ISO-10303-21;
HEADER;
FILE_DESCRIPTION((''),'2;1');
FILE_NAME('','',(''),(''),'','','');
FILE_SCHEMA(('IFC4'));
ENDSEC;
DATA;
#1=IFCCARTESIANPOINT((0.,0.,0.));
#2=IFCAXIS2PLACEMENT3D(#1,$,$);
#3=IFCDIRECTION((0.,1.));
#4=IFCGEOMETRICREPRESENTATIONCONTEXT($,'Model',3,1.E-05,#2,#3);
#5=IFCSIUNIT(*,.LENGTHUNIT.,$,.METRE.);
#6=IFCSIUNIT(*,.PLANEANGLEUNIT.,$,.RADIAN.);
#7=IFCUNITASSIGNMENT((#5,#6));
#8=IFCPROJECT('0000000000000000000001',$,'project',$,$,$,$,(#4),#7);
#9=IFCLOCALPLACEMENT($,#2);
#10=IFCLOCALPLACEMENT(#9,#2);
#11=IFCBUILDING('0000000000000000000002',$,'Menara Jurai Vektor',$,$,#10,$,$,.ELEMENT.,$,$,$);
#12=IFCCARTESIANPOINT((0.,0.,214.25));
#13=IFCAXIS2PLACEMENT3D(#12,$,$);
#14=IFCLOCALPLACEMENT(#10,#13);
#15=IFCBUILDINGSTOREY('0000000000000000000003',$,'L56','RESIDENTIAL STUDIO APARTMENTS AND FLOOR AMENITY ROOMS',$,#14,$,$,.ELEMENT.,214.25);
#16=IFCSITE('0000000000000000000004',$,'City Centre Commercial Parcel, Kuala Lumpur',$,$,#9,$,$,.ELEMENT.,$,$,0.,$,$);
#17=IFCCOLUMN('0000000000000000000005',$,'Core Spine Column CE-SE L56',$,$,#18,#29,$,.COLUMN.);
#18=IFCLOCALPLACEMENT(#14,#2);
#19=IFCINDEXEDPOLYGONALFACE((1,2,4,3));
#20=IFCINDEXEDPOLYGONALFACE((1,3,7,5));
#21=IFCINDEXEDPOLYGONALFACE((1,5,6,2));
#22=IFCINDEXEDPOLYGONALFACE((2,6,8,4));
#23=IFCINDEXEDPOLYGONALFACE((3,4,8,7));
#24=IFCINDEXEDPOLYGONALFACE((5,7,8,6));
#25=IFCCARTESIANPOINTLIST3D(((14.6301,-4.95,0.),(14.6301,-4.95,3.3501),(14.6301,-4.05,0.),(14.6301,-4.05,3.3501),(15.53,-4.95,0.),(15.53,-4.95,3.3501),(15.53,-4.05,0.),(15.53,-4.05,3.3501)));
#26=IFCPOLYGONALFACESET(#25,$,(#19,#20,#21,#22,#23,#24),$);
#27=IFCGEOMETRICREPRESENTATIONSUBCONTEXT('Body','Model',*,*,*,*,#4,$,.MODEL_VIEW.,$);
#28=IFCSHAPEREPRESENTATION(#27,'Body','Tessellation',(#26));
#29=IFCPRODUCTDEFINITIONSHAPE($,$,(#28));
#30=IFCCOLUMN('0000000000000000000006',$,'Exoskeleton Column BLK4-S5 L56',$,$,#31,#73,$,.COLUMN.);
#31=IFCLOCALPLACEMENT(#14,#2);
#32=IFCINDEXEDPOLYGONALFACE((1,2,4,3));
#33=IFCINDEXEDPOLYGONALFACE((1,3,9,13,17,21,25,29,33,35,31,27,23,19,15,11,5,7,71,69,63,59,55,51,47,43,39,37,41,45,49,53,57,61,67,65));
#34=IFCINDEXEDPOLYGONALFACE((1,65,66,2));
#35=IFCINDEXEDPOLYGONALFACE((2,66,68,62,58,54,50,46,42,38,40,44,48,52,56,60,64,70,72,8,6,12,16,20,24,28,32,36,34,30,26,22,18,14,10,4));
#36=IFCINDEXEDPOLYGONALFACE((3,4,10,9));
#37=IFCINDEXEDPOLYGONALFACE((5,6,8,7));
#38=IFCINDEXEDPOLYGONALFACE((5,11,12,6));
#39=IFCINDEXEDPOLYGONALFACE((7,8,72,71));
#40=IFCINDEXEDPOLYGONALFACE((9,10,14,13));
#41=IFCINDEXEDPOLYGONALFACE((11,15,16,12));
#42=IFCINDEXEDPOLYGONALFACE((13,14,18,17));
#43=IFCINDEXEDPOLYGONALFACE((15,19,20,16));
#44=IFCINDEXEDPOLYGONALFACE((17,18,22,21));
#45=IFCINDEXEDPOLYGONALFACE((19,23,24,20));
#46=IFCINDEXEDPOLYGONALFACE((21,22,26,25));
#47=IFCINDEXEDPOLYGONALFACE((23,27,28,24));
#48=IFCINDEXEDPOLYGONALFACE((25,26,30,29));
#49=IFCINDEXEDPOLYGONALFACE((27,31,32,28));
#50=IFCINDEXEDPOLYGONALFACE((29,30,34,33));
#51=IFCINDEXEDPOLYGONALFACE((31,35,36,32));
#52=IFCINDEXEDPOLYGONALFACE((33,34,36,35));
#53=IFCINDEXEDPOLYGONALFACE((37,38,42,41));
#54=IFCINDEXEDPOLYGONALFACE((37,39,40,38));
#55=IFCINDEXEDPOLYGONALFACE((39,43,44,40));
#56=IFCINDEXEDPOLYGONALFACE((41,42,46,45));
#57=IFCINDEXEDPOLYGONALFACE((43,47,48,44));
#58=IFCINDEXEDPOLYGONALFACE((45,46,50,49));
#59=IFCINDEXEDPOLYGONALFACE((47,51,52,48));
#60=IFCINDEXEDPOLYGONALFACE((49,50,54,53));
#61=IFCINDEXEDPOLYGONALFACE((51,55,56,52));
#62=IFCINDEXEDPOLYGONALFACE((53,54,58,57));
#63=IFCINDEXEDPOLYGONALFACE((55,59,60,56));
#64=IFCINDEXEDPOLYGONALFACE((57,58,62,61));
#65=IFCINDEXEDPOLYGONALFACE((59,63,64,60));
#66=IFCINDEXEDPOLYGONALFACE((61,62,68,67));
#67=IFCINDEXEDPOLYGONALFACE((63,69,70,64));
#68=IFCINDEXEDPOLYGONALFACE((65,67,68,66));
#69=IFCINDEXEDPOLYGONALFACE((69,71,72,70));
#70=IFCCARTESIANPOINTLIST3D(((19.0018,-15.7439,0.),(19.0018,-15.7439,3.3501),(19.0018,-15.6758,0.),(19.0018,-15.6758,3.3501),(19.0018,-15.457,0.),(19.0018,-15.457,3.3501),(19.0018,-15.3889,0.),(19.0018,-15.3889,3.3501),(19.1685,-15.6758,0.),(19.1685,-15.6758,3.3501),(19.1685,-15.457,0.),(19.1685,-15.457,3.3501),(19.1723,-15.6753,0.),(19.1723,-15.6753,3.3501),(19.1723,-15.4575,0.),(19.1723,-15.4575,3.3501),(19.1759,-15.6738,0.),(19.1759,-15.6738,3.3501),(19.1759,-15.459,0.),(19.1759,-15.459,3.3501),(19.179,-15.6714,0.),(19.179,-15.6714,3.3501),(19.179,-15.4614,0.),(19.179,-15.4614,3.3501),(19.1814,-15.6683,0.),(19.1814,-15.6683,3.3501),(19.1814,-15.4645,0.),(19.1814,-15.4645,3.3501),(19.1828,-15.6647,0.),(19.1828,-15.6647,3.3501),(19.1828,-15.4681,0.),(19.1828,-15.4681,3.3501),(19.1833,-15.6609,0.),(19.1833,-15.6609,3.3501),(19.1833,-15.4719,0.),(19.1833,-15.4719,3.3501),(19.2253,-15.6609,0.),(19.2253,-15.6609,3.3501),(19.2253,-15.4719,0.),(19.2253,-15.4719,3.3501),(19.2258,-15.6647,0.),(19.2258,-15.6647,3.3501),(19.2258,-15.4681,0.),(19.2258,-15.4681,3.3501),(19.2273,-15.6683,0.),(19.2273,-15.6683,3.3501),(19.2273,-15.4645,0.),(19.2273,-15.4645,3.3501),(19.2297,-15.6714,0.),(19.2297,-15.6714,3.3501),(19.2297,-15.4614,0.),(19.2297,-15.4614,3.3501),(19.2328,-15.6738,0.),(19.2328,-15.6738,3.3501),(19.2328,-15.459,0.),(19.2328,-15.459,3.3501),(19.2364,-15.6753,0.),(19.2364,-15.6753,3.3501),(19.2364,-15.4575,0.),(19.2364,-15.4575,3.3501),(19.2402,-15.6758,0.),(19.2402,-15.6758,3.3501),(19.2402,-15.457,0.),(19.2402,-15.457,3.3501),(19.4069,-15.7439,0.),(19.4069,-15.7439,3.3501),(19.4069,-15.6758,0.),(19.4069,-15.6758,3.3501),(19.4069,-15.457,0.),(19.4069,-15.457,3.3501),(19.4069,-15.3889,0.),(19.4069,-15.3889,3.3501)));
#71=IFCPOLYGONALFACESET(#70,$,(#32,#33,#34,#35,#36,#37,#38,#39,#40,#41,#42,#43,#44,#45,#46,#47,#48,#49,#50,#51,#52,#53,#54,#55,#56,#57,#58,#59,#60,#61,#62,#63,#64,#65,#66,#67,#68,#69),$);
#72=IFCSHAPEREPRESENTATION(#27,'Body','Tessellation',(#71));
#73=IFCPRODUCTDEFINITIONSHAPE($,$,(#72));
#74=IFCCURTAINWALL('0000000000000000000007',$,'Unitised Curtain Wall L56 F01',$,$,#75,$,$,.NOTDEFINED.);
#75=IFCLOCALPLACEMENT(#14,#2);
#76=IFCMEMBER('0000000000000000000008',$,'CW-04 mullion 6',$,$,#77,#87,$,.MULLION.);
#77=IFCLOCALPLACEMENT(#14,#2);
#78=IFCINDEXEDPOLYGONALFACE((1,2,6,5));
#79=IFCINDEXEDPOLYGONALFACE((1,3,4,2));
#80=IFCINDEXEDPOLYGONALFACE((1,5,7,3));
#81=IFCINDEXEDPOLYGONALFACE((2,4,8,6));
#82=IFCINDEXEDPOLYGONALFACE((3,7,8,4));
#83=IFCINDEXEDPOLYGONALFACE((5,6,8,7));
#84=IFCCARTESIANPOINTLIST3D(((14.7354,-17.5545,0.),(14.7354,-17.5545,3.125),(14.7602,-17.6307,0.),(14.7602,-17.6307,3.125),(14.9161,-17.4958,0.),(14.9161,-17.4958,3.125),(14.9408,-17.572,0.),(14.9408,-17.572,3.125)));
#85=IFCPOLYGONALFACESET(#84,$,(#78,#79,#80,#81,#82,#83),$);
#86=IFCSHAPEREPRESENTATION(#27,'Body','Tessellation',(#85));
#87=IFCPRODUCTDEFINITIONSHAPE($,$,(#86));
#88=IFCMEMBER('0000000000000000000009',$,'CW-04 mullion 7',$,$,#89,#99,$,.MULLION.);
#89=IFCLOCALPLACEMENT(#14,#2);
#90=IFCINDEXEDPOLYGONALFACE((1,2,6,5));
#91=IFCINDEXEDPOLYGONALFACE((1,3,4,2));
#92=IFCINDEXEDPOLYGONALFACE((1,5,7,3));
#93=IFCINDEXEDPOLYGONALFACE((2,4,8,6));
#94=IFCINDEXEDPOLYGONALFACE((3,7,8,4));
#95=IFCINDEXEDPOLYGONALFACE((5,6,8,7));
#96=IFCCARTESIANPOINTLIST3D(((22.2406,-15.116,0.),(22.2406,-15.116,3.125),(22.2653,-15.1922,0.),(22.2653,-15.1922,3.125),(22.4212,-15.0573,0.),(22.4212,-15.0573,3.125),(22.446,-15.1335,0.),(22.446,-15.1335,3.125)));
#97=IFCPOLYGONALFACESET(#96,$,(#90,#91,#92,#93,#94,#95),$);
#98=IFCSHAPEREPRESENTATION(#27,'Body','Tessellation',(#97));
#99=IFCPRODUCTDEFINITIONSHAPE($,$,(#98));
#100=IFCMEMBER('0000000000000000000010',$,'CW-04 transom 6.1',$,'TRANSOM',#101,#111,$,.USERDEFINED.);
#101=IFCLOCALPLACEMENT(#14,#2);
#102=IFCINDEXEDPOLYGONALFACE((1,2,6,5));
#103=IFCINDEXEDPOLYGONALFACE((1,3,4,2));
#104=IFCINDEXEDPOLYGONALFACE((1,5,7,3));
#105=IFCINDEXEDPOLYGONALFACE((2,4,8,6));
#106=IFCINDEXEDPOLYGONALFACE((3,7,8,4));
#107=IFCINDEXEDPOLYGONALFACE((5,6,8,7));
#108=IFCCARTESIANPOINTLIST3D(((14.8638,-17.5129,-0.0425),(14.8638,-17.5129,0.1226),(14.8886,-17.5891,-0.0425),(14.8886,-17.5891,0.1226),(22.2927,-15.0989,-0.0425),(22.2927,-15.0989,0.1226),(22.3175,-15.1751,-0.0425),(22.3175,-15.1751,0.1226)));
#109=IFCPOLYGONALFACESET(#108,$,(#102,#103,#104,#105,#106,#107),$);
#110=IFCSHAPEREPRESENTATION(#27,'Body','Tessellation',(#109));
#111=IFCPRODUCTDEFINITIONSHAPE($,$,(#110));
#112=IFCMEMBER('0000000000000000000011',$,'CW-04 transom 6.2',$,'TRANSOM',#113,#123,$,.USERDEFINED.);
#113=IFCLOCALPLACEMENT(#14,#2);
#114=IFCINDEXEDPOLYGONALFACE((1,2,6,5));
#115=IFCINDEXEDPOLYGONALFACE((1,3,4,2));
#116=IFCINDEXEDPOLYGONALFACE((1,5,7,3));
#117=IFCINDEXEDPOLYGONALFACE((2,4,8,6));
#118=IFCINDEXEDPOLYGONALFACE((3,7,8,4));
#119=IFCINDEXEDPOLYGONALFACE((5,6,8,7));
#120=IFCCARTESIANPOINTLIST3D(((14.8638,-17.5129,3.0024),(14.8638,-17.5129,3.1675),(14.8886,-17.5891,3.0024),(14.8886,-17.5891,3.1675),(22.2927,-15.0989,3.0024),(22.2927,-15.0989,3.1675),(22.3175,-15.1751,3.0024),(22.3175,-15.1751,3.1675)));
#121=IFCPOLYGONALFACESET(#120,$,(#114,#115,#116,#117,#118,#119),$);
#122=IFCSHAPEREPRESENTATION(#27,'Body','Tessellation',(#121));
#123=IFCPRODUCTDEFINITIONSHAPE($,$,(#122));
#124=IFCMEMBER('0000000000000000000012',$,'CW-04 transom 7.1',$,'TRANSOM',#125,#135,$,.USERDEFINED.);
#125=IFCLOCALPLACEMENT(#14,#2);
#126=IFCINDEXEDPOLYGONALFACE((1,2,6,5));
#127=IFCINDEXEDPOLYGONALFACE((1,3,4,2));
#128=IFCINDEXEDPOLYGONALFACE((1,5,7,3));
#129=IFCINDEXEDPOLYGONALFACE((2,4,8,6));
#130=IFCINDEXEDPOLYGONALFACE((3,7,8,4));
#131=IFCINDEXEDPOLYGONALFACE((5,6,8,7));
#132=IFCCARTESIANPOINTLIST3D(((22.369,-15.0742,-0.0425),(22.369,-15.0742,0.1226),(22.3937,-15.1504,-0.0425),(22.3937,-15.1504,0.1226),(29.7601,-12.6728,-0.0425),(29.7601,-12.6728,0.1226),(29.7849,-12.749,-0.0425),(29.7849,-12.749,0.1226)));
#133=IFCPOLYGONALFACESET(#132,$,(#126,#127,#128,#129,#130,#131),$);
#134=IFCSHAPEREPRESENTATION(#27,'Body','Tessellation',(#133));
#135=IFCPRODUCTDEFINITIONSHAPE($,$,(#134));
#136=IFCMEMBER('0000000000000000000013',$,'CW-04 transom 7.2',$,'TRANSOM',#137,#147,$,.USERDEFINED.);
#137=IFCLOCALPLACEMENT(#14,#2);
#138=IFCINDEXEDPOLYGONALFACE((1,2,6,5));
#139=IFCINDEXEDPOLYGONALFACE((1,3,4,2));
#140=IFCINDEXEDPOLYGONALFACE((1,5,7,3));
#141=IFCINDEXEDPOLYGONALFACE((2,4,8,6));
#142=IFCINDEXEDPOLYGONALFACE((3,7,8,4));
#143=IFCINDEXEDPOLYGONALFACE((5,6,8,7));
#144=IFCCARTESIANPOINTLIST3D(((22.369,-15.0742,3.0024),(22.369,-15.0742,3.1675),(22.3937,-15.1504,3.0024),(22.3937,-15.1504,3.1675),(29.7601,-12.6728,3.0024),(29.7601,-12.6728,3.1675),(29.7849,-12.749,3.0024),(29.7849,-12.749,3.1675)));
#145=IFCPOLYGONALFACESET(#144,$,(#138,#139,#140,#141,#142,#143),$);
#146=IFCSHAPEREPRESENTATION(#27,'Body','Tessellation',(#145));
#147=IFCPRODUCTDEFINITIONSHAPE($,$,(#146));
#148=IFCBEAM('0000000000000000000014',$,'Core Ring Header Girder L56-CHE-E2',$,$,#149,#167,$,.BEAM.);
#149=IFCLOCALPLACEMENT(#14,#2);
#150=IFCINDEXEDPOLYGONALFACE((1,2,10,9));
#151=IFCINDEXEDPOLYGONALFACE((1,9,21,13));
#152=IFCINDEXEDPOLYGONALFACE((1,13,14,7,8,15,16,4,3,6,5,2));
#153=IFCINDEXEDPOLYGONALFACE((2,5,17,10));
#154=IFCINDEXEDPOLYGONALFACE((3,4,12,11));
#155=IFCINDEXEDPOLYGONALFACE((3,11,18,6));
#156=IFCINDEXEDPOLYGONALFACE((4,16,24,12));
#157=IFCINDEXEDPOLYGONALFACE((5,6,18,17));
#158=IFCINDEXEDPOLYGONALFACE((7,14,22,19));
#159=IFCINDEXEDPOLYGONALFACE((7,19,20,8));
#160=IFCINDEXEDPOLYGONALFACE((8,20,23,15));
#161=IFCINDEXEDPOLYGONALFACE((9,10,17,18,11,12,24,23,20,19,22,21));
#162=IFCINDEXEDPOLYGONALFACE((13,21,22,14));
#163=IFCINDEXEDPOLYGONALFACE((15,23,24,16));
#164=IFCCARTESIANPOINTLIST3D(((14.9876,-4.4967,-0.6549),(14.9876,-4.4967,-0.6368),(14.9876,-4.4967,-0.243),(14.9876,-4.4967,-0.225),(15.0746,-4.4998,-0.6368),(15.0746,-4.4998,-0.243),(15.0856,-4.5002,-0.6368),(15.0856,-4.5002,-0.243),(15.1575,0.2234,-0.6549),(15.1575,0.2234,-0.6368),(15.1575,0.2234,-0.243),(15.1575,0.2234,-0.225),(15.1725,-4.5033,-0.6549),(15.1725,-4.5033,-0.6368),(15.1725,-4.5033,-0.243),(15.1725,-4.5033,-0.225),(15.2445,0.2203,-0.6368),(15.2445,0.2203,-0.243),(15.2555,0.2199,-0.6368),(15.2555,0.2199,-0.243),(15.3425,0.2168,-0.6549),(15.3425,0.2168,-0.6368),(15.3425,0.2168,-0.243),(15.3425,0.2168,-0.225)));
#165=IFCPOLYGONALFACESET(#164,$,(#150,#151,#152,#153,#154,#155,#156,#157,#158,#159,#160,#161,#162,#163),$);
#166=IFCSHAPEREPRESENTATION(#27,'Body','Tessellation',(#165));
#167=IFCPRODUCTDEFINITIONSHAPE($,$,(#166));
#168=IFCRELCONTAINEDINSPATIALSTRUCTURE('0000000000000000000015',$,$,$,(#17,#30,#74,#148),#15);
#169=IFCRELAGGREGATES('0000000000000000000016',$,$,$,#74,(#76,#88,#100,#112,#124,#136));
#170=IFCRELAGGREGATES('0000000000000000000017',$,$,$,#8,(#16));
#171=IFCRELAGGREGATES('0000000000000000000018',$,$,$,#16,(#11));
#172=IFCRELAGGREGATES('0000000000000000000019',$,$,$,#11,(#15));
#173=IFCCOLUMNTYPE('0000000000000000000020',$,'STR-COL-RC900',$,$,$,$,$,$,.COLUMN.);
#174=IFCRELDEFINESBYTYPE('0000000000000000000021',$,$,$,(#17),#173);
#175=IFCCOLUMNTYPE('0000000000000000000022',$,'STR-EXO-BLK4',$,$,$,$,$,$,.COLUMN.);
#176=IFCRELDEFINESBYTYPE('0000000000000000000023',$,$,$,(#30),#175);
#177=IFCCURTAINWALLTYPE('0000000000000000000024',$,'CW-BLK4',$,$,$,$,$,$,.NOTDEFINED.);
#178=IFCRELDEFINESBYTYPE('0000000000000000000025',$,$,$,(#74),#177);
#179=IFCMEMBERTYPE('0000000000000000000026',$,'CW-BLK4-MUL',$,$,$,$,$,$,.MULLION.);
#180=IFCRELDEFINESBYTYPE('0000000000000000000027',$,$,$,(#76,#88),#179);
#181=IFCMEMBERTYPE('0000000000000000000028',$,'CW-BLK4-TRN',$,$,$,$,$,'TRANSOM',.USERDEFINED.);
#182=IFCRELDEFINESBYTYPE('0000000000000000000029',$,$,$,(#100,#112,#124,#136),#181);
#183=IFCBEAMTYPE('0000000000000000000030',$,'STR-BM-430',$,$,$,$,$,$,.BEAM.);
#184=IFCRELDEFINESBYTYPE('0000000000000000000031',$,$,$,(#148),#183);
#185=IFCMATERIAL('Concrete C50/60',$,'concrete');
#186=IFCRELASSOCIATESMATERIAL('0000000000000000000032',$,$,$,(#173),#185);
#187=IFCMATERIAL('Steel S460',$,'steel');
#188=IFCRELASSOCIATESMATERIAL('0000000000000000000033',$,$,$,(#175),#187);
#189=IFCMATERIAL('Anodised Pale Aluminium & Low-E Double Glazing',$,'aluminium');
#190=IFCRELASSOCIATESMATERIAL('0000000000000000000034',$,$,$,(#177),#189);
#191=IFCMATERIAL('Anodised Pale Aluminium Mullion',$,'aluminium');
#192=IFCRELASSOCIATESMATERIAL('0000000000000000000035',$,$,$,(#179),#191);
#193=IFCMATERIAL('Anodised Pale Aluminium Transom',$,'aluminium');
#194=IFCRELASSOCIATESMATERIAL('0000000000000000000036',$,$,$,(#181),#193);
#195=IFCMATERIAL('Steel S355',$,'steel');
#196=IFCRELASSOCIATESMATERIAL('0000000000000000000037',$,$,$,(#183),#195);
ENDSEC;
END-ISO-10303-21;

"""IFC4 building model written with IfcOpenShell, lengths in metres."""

from ifc_helpers import new_model, si_unit, direction, frame, origin, origin_2d, place, context, subcontext, project, spatial, rectangle, i_section, extrude, material, material_profile, profile_set, type_object, element, aggregate, save


model = new_model("IFC4")

# Units and contexts
model_context = context("Model", 3, precision=1e-05, world=origin(), true_north=direction((0.0, 1.0)))
body_context = subcontext(model_context, "Body", "Model", "MODEL_VIEW")
ifc_project = project(units=[si_unit("LENGTHUNIT", "METRE"), si_unit("PLANEANGLEUNIT", "RADIAN")], contexts=[model_context])

# Site, building, storey
site_placement = place(None, origin())
site = spatial("IfcSite", under=ifc_project, at=site_placement, Name="City Centre Commercial Parcel, Kuala Lumpur", CompositionType="ELEMENT", RefElevation=0.0)
building_placement = place(site_placement, origin())
building = spatial("IfcBuilding", under=site, at=building_placement, Name="Menara Jurai Vektor", CompositionType="ELEMENT")
storey_placement = place(building_placement, frame((0.0, 0.0, 214.25)))
storey = spatial("IfcBuildingStorey", under=building, at=storey_placement, Name="L56", Description="RESIDENTIAL STUDIO APARTMENTS AND FLOOR AMENITY ROOMS", CompositionType="ELEMENT", Elevation=214.25)

# Columns
ifc_material_1 = material(Name="Concrete C50/60", Category="concrete")
ifc_material_profile_1 = material_profile(ifc_material_1, rectangle(XDim=0.8999, YDim=0.8999, at=origin_2d()), Name="RC 900x900")
ifc_profile_set_1 = profile_set([ifc_material_profile_1], Name="Concrete C50/60")
column_type_1 = type_object("IfcColumnType", Name="STR-COL-RC900", PredefinedType="COLUMN", material=ifc_profile_set_1)
column_1_placement = place(storey_placement, frame((15.0801, -4.5, 0.0), z_axis=(0.0, 0.0, 1.0), x_axis=(1.0, 0.0, 0.0)))
element("IfcColumn", 1, at=column_1_placement, inside=storey, type_object=column_type_1, Name="Core Spine Column CE-SE L56", PredefinedType="COLUMN", context=body_context, shape_type="SweptSolid", body=[
    extrude(rectangle(XDim=0.8999, YDim=0.8999, at=origin_2d()), origin(), (0.0, 0.0, 1.0), 3.3501),
])
ifc_material_2 = material(Name="Steel S460", Category="steel")
ifc_material_profile_2 = material_profile(ifc_material_2, i_section(OverallWidth=0.405, OverallDepth=0.355, WebThickness=0.042, FlangeThickness=0.0681, FilletRadius=0.0149, at=origin_2d()), Name="HD 400x551")
ifc_profile_set_2 = profile_set([ifc_material_profile_2], Name="Steel S460")
column_type_2 = type_object("IfcColumnType", Name="STR-EXO-BLK4", PredefinedType="COLUMN", material=ifc_profile_set_2)
column_2_placement = place(storey_placement, frame((19.2043, -15.5664, 0.0), z_axis=(0.0, 0.0, 1.0), x_axis=(1.0, 0.0, 0.0)))
element("IfcColumn", 2, at=column_2_placement, inside=storey, type_object=column_type_2, Name="Exoskeleton Column BLK4-S5 L56", PredefinedType="COLUMN", context=body_context, shape_type="SweptSolid", body=[
    extrude(i_section(OverallWidth=0.405, OverallDepth=0.355, WebThickness=0.042, FlangeThickness=0.0681, FilletRadius=0.0149, at=origin_2d()), origin(), (0.0, 0.0, 1.0), 3.3501),
])

# Curtain wall, members
ifc_material_3 = material(Name="Anodised Pale Aluminium & Low-E Double Glazing", Category="aluminium")
curtain_wall_type = type_object("IfcCurtainWallType", Name="CW-BLK4", PredefinedType="NOTDEFINED", material=ifc_material_3)
curtain_wall_placement = place(storey_placement, origin())
curtain_wall = element("IfcCurtainWall", 3, at=curtain_wall_placement, inside=storey, type_object=curtain_wall_type, Name="Unitised Curtain Wall L56 F01", PredefinedType="NOTDEFINED")
ifc_material_4 = material(Name="Anodised Pale Aluminium Mullion", Category="aluminium")
ifc_material_profile_3 = material_profile(ifc_material_4, rectangle(XDim=0.0801, YDim=0.1899, at=origin_2d()), Name="ALU MUL 80x190")
ifc_profile_set_3 = profile_set([ifc_material_profile_3], Name="Anodised Pale Aluminium Mullion")
member_type_1 = type_object("IfcMemberType", Name="CW-BLK4-MUL", PredefinedType="MULLION", material=ifc_profile_set_3)
member_1_placement = place(storey_placement, frame((14.8381, -17.5632, 0.0), z_axis=(0.0, 0.0, 1.0), x_axis=(-0.309017, 0.951056, 0.0)))
member_1 = element("IfcMember", 4, at=member_1_placement, type_object=member_type_1, Name="CW-04 mullion 6", PredefinedType="MULLION", context=body_context, shape_type="SweptSolid", body=[
    extrude(rectangle(XDim=0.0801, YDim=0.1899, at=origin_2d()), origin(), (0.0, 0.0, 1.0), 3.125),
])
member_2_placement = place(storey_placement, frame((22.3433, -15.1248, 0.0), z_axis=(0.0, 0.0, 1.0), x_axis=(-0.309017, 0.951056, 0.0)))
member_2 = element("IfcMember", 5, at=member_2_placement, type_object=member_type_1, Name="CW-04 mullion 7", PredefinedType="MULLION", context=body_context, shape_type="SweptSolid", body=[
    extrude(rectangle(XDim=0.0801, YDim=0.1899, at=origin_2d()), origin(), (0.0, 0.0, 1.0), 3.125),
])
ifc_material_5 = material(Name="Anodised Pale Aluminium Transom", Category="aluminium")
ifc_material_profile_4 = material_profile(ifc_material_5, rectangle(XDim=0.0801, YDim=0.165, at=origin_2d()), Name="ALU TRN 80x165")
ifc_profile_set_4 = profile_set([ifc_material_profile_4], Name="Anodised Pale Aluminium Transom")
member_type_2 = type_object("IfcMemberType", Name="CW-BLK4-TRN", ElementType="TRANSOM", PredefinedType="USERDEFINED", material=ifc_profile_set_4)
member_3_placement = place(storey_placement, frame((14.8762, -17.551, 0.04), z_axis=(0.951047, 0.309046, 0.0), x_axis=(-0.309046, 0.951047, 0.0)))
member_3 = element("IfcMember", 6, at=member_3_placement, type_object=member_type_2, Name="CW-04 transom 6.1", ObjectType="TRANSOM", PredefinedType="USERDEFINED", context=body_context, shape_type="SweptSolid", body=[
    extrude(rectangle(XDim=0.0801, YDim=0.165, at=origin_2d()), origin(), (0.0, 0.0, 1.0), 7.8113),
])
member_4_placement = place(storey_placement, frame((14.8762, -17.551, 3.085), z_axis=(0.951047, 0.309046, 0.0), x_axis=(-0.309046, 0.951047, 0.0)))
member_4 = element("IfcMember", 7, at=member_4_placement, type_object=member_type_2, Name="CW-04 transom 6.2", ObjectType="TRANSOM", PredefinedType="USERDEFINED", context=body_context, shape_type="SweptSolid", body=[
    extrude(rectangle(XDim=0.0801, YDim=0.165, at=origin_2d()), origin(), (0.0, 0.0, 1.0), 7.8113),
])
member_5_placement = place(storey_placement, frame((22.3813, -15.1123, 0.04), z_axis=(0.951062, 0.308999, 0.0), x_axis=(-0.308999, 0.951062, 0.0)))
member_5 = element("IfcMember", 8, at=member_5_placement, type_object=member_type_2, Name="CW-04 transom 7.1", ObjectType="TRANSOM", PredefinedType="USERDEFINED", context=body_context, shape_type="SweptSolid", body=[
    extrude(rectangle(XDim=0.0801, YDim=0.165, at=origin_2d()), origin(), (0.0, 0.0, 1.0), 7.7715),
])
member_6_placement = place(storey_placement, frame((22.3813, -15.1123, 3.085), z_axis=(0.951062, 0.308999, 0.0), x_axis=(-0.308999, 0.951062, 0.0)))
member_6 = element("IfcMember", 9, at=member_6_placement, type_object=member_type_2, Name="CW-04 transom 7.2", ObjectType="TRANSOM", PredefinedType="USERDEFINED", context=body_context, shape_type="SweptSolid", body=[
    extrude(rectangle(XDim=0.0801, YDim=0.165, at=origin_2d()), origin(), (0.0, 0.0, 1.0), 7.7715),
])

# Beam
ifc_material_6 = material(Name="Steel S355", Category="steel")
ifc_material_profile_5 = material_profile(ifc_material_6, i_section(OverallWidth=0.1851, OverallDepth=0.4299, WebThickness=0.011, FlangeThickness=0.0181, at=origin_2d()), Name="PG 430x185x76")
ifc_profile_set_5 = profile_set([ifc_material_profile_5], Name="Steel S355")
beam_type_1 = type_object("IfcBeamType", Name="STR-BM-430", PredefinedType="BEAM", material=ifc_profile_set_5)
beam_1_placement = place(storey_placement, frame((15.0801, -4.5, -0.4399), z_axis=(0.035977, 0.999353, 0.0), x_axis=(-0.999353, 0.035977, 0.0)))
element("IfcBeam", 10, at=beam_1_placement, inside=storey, type_object=beam_type_1, Name="Core Ring Header Girder L56-CHE-E2", PredefinedType="BEAM", context=body_context, shape_type="SweptSolid", body=[
    extrude(i_section(OverallWidth=0.1851, OverallDepth=0.4299, WebThickness=0.011, FlangeThickness=0.0181, at=origin_2d()), origin(), (0.0, 0.0, 1.0), 4.7231),
])

aggregate(curtain_wall, [member_1, member_2, member_3, member_4, member_5, member_6])

save(model, "model.ifc")
